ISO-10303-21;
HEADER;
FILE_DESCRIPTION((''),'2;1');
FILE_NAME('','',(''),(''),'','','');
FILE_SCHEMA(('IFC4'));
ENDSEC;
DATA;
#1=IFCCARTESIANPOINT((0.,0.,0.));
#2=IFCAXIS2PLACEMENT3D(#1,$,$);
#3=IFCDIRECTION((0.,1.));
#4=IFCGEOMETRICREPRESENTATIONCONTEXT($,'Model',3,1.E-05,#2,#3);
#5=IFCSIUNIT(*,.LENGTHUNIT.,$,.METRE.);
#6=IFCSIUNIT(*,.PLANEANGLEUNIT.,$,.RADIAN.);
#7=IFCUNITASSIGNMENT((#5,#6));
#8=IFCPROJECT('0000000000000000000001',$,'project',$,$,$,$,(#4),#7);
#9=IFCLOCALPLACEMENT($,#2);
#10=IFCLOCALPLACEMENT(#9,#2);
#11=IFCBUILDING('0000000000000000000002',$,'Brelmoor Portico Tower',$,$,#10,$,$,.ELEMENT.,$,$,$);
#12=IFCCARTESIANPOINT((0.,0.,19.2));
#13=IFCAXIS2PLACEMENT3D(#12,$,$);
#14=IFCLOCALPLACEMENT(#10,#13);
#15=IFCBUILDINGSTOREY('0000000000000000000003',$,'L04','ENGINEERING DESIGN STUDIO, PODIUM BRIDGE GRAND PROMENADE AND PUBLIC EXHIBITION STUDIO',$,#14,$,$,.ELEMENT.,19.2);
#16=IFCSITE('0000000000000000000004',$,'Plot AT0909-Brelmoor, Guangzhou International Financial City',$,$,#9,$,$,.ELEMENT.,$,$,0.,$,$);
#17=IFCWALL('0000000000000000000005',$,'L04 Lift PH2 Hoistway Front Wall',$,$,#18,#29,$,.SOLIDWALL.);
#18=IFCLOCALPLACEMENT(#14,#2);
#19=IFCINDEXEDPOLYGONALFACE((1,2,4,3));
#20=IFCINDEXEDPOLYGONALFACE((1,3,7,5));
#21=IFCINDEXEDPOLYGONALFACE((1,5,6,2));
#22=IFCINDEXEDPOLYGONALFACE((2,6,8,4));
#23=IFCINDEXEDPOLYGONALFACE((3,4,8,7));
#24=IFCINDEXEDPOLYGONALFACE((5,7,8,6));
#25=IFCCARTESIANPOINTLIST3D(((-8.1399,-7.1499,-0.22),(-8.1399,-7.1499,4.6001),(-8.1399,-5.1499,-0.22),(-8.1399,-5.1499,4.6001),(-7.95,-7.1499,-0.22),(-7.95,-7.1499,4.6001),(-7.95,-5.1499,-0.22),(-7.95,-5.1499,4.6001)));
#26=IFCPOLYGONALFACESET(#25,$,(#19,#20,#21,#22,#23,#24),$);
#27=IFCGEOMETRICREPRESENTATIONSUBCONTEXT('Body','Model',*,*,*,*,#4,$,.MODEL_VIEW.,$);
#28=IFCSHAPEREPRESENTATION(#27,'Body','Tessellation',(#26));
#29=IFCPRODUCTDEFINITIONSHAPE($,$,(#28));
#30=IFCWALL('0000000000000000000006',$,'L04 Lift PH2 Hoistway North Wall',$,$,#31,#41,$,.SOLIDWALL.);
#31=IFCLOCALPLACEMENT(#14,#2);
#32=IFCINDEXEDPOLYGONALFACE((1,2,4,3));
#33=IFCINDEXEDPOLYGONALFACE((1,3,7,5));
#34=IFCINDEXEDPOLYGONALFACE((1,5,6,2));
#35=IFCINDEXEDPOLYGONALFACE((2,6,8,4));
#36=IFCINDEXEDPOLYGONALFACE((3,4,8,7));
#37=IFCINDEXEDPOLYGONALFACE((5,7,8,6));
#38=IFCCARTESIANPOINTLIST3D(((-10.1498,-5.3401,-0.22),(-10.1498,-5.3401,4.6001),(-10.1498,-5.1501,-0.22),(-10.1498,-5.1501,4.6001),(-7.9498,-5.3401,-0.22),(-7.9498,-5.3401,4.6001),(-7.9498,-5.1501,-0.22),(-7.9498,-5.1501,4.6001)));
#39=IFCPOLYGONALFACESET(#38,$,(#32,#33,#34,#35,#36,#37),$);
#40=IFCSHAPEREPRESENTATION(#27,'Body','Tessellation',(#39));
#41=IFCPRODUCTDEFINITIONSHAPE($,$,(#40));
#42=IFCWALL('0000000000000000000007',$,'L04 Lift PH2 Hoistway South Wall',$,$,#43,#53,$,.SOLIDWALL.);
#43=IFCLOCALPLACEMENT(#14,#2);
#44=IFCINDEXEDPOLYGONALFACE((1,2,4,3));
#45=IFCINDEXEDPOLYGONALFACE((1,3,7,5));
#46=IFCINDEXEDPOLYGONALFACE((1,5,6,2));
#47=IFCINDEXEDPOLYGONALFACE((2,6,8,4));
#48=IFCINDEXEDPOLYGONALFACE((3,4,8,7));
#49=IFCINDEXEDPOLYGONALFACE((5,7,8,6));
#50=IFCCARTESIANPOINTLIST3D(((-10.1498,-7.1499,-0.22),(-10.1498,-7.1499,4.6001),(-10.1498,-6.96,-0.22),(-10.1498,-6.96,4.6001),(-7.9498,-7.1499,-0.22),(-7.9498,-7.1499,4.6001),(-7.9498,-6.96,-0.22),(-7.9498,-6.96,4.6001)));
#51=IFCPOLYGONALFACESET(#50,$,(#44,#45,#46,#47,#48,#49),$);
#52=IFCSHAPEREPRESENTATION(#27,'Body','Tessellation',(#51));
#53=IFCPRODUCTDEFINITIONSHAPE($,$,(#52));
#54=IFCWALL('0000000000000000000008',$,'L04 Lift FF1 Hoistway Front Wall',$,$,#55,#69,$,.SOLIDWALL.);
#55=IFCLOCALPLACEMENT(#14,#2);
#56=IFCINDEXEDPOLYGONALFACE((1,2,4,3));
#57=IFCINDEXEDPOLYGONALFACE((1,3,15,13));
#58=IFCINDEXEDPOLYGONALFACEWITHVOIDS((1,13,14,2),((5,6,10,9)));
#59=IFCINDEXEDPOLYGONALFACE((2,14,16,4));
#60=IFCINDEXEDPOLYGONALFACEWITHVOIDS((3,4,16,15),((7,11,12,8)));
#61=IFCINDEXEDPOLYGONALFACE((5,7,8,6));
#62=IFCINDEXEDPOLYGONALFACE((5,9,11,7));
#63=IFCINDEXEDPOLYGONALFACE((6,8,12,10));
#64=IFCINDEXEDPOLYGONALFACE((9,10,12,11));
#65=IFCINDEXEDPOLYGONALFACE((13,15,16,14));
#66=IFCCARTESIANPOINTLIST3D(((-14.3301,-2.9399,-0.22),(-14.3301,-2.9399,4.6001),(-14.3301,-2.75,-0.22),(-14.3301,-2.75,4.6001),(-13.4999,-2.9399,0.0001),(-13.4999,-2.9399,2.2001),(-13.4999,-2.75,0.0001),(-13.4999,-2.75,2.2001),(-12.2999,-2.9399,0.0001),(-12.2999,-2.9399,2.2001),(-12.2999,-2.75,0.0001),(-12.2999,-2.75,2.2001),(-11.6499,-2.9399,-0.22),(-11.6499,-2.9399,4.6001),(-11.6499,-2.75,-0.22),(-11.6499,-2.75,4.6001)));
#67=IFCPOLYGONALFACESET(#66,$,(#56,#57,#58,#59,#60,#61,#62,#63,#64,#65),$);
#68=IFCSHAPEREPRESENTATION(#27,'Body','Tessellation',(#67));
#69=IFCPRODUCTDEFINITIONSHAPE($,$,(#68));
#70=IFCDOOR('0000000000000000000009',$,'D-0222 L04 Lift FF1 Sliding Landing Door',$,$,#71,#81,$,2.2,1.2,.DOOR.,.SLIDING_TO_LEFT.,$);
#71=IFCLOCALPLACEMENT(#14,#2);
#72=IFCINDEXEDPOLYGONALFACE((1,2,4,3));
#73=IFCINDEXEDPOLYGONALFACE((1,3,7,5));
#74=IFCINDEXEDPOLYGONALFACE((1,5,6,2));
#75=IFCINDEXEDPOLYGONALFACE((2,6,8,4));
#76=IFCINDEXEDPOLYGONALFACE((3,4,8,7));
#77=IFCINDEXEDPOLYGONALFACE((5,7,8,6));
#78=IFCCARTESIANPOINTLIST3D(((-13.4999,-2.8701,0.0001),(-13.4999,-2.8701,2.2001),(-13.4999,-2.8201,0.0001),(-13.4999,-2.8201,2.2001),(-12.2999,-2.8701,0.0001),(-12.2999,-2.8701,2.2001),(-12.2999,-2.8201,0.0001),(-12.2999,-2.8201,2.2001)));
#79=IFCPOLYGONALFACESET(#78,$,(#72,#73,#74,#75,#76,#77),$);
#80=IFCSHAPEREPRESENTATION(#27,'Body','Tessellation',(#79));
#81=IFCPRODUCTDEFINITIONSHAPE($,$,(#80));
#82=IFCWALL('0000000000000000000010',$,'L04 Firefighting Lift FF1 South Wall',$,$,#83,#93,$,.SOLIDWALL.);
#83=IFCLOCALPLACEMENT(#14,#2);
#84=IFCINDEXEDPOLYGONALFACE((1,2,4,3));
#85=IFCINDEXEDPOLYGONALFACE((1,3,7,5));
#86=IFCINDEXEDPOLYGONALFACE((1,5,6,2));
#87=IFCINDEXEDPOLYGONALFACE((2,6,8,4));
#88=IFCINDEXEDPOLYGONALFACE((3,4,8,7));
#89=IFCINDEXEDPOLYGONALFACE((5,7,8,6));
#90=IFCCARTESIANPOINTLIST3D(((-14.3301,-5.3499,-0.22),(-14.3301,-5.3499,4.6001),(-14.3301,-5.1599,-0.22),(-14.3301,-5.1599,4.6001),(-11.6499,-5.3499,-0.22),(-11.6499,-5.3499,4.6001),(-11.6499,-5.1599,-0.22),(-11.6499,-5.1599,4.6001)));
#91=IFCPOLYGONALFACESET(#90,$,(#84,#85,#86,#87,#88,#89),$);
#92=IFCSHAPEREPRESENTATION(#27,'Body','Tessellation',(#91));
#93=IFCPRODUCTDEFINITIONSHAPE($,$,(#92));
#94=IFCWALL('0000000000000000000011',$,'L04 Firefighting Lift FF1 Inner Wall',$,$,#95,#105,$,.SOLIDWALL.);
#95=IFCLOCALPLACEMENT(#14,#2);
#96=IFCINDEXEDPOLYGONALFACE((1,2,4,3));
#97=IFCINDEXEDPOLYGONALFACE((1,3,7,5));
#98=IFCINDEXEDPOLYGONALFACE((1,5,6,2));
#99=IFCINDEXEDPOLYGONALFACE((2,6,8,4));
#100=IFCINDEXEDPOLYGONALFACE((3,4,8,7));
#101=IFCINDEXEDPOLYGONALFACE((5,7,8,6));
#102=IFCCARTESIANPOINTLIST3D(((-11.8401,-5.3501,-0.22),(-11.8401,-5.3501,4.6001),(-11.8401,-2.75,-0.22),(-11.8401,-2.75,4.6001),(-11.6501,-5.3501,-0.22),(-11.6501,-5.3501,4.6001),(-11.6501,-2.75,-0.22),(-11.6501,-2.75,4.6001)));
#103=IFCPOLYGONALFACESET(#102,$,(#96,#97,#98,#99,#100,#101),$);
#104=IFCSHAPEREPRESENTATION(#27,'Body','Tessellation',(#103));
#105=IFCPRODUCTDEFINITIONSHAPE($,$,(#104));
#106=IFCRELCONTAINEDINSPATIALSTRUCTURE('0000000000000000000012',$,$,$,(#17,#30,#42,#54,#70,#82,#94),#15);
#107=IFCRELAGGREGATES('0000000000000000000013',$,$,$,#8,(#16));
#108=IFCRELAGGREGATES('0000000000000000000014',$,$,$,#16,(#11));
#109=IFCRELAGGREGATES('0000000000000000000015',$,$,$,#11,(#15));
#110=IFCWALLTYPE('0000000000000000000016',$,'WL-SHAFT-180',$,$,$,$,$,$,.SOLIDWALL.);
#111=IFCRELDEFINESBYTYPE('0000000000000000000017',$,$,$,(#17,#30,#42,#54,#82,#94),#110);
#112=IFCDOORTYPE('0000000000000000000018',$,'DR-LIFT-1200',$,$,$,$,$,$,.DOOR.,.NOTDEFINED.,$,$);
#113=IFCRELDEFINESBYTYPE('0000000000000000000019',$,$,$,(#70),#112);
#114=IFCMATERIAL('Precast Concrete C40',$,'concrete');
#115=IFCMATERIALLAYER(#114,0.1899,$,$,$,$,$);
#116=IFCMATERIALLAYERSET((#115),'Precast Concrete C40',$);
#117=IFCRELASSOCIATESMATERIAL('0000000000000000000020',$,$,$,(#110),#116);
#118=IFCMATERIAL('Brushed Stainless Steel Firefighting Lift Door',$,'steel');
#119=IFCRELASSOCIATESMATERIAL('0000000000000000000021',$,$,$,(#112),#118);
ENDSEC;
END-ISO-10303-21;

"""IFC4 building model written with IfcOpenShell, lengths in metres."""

from ifc_helpers import new_model, si_unit, direction, frame, frame_2d, origin, place, context, subcontext, project, spatial, rectangle, extrude, material, layer, layer_set, type_object, element, fill, save


model = new_model("IFC4")

# Units and contexts
model_context = context("Model", 3, precision=1e-05, world=origin(), true_north=direction((0.0, 1.0)))
body_context = subcontext(model_context, "Body", "Model", "MODEL_VIEW")
ifc_project = project(units=[si_unit("LENGTHUNIT", "METRE"), si_unit("PLANEANGLEUNIT", "RADIAN")], contexts=[model_context])

# Site, building, storey
site_placement = place(None, origin())
site = spatial("IfcSite", under=ifc_project, at=site_placement, Name="Plot AT0909-Brelmoor, Guangzhou International Financial City", CompositionType="ELEMENT", RefElevation=0.0)
building_placement = place(site_placement, origin())
building = spatial("IfcBuilding", under=site, at=building_placement, Name="Brelmoor Portico Tower", CompositionType="ELEMENT")
storey_placement = place(building_placement, frame((0.0, 0.0, 19.2)))
storey = spatial("IfcBuildingStorey", under=building, at=storey_placement, Name="L04", Description="ENGINEERING DESIGN STUDIO, PODIUM BRIDGE GRAND PROMENADE AND PUBLIC EXHIBITION STUDIO", CompositionType="ELEMENT", Elevation=19.2)

# Walls
ifc_material_1 = material(Name="Precast Concrete C40", Category="concrete")
ifc_layer_1 = layer(ifc_material_1, 0.1899)
ifc_layer_set_1 = layer_set([ifc_layer_1], Name="Precast Concrete C40")
wall_type_1 = type_object("IfcWallType", Name="WL-SHAFT-180", PredefinedType="SOLIDWALL", material=ifc_layer_set_1)
wall_1_placement = place(storey_placement, frame((-8.0449, -7.1499, -0.22), z_axis=(0.0, 0.0, 1.0), x_axis=(0.0, 1.0, 0.0)))
element("IfcWall", 1, at=wall_1_placement, inside=storey, type_object=wall_type_1, Name="L04 Lift PH2 Hoistway Front Wall", PredefinedType="SOLIDWALL", context=body_context, shape_type="SweptSolid", body=[
    extrude(rectangle(XDim=2.0, YDim=0.1899, at=frame_2d((1.0, 0.0))), origin(), (0.0, 0.0, 1.0), 4.8201),
])
for number, where, z_axis, x_axis, name in (
    (2, (-10.1499, -5.2451, -0.22), (0.0, 0.0, 1.0), (1.0, 0.0, 0.0), "L04 Lift PH2 Hoistway North Wall"),
    (3, (-10.1499, -7.0549, -0.22), (0.0, 0.0, 1.0), (1.0, 0.0, 0.0), "L04 Lift PH2 Hoistway South Wall"),
):
    element("IfcWall", number, at=place(storey_placement, frame(where, z_axis=z_axis, x_axis=x_axis)), inside=storey, type_object=wall_type_1, Name=name, PredefinedType="SOLIDWALL", context=body_context, shape_type="SweptSolid", body=[
        extrude(rectangle(XDim=2.2, YDim=0.1899, at=frame_2d((1.1001, 0.0))), origin(), (0.0, 0.0, 1.0), 4.8201),
    ])

# Wall, opening, door
wall_2_placement = place(storey_placement, frame((-14.3301, -2.845, -0.22), z_axis=(0.0, 0.0, 1.0), x_axis=(1.0, 0.0, 0.0)))
wall_2 = element("IfcWall", 4, at=wall_2_placement, inside=storey, type_object=wall_type_1, Name="L04 Lift FF1 Hoistway Front Wall", PredefinedType="SOLIDWALL", context=body_context, shape_type="SweptSolid", body=[
    extrude(rectangle(XDim=2.6802, YDim=0.1899, at=frame_2d((1.3401, 0.0))), origin(), (0.0, 0.0, 1.0), 4.8201),
])
opening_1_placement = place(wall_2_placement, frame((0.8301, 0.0, 0.22)))
opening_1 = element("IfcOpeningElement", 5, at=opening_1_placement, cuts=wall_2, PredefinedType="OPENING", context=body_context, shape_type="SweptSolid", body=[
    extrude(rectangle(XDim=1.2, YDim=2.2, at=frame_2d((0.6001, 1.1001))), frame((0.0, 0.105, 0.0), z_axis=(0.0, -1.0, 0.0), x_axis=(1.0, 0.0, 0.0)), (0.0, 0.0, 1.0), 0.21),
])
ifc_material_2 = material(Name="Brushed Stainless Steel Firefighting Lift Door", Category="steel")
door_type_1 = type_object("IfcDoorType", Name="DR-LIFT-1200", OperationType="NOTDEFINED", PredefinedType="DOOR", material=ifc_material_2)
door_1_placement = place(opening_1_placement, origin())
door_1 = element("IfcDoor", 6, at=door_1_placement, inside=storey, type_object=door_type_1, Name="D-0222 L04 Lift FF1 Sliding Landing Door", OperationType="SLIDING_TO_LEFT", OverallHeight=2.2, OverallWidth=1.2, PredefinedType="DOOR", context=body_context, shape_type="SweptSolid", body=[
    extrude(rectangle(XDim=1.2, YDim=2.2, at=frame_2d((0.6001, 1.1001))), frame((0.0, 0.0249, 0.0), z_axis=(0.0, -1.0, 0.0), x_axis=(1.0, 0.0, 0.0)), (0.0, 0.0, 1.0), 0.05),
])
fill(opening_1, door_1)

# Walls
wall_3_placement = place(storey_placement, frame((-14.3301, -5.2549, -0.22), z_axis=(0.0, 0.0, 1.0), x_axis=(1.0, 0.0, 0.0)))
element("IfcWall", 7, at=wall_3_placement, inside=storey, type_object=wall_type_1, Name="L04 Firefighting Lift FF1 South Wall", PredefinedType="SOLIDWALL", context=body_context, shape_type="SweptSolid", body=[
    extrude(rectangle(XDim=2.6802, YDim=0.1899, at=frame_2d((1.3401, 0.0))), origin(), (0.0, 0.0, 1.0), 4.8201),
])
wall_4_placement = place(storey_placement, frame((-11.7451, -5.3501, -0.22), z_axis=(0.0, 0.0, 1.0), x_axis=(0.0, 1.0, 0.0)))
element("IfcWall", 8, at=wall_4_placement, inside=storey, type_object=wall_type_1, Name="L04 Firefighting Lift FF1 Inner Wall", PredefinedType="SOLIDWALL", context=body_context, shape_type="SweptSolid", body=[
    extrude(rectangle(XDim=2.6001, YDim=0.1899, at=frame_2d((1.3, 0.0))), origin(), (0.0, 0.0, 1.0), 4.8201),
])

save(model, "model.ifc")
